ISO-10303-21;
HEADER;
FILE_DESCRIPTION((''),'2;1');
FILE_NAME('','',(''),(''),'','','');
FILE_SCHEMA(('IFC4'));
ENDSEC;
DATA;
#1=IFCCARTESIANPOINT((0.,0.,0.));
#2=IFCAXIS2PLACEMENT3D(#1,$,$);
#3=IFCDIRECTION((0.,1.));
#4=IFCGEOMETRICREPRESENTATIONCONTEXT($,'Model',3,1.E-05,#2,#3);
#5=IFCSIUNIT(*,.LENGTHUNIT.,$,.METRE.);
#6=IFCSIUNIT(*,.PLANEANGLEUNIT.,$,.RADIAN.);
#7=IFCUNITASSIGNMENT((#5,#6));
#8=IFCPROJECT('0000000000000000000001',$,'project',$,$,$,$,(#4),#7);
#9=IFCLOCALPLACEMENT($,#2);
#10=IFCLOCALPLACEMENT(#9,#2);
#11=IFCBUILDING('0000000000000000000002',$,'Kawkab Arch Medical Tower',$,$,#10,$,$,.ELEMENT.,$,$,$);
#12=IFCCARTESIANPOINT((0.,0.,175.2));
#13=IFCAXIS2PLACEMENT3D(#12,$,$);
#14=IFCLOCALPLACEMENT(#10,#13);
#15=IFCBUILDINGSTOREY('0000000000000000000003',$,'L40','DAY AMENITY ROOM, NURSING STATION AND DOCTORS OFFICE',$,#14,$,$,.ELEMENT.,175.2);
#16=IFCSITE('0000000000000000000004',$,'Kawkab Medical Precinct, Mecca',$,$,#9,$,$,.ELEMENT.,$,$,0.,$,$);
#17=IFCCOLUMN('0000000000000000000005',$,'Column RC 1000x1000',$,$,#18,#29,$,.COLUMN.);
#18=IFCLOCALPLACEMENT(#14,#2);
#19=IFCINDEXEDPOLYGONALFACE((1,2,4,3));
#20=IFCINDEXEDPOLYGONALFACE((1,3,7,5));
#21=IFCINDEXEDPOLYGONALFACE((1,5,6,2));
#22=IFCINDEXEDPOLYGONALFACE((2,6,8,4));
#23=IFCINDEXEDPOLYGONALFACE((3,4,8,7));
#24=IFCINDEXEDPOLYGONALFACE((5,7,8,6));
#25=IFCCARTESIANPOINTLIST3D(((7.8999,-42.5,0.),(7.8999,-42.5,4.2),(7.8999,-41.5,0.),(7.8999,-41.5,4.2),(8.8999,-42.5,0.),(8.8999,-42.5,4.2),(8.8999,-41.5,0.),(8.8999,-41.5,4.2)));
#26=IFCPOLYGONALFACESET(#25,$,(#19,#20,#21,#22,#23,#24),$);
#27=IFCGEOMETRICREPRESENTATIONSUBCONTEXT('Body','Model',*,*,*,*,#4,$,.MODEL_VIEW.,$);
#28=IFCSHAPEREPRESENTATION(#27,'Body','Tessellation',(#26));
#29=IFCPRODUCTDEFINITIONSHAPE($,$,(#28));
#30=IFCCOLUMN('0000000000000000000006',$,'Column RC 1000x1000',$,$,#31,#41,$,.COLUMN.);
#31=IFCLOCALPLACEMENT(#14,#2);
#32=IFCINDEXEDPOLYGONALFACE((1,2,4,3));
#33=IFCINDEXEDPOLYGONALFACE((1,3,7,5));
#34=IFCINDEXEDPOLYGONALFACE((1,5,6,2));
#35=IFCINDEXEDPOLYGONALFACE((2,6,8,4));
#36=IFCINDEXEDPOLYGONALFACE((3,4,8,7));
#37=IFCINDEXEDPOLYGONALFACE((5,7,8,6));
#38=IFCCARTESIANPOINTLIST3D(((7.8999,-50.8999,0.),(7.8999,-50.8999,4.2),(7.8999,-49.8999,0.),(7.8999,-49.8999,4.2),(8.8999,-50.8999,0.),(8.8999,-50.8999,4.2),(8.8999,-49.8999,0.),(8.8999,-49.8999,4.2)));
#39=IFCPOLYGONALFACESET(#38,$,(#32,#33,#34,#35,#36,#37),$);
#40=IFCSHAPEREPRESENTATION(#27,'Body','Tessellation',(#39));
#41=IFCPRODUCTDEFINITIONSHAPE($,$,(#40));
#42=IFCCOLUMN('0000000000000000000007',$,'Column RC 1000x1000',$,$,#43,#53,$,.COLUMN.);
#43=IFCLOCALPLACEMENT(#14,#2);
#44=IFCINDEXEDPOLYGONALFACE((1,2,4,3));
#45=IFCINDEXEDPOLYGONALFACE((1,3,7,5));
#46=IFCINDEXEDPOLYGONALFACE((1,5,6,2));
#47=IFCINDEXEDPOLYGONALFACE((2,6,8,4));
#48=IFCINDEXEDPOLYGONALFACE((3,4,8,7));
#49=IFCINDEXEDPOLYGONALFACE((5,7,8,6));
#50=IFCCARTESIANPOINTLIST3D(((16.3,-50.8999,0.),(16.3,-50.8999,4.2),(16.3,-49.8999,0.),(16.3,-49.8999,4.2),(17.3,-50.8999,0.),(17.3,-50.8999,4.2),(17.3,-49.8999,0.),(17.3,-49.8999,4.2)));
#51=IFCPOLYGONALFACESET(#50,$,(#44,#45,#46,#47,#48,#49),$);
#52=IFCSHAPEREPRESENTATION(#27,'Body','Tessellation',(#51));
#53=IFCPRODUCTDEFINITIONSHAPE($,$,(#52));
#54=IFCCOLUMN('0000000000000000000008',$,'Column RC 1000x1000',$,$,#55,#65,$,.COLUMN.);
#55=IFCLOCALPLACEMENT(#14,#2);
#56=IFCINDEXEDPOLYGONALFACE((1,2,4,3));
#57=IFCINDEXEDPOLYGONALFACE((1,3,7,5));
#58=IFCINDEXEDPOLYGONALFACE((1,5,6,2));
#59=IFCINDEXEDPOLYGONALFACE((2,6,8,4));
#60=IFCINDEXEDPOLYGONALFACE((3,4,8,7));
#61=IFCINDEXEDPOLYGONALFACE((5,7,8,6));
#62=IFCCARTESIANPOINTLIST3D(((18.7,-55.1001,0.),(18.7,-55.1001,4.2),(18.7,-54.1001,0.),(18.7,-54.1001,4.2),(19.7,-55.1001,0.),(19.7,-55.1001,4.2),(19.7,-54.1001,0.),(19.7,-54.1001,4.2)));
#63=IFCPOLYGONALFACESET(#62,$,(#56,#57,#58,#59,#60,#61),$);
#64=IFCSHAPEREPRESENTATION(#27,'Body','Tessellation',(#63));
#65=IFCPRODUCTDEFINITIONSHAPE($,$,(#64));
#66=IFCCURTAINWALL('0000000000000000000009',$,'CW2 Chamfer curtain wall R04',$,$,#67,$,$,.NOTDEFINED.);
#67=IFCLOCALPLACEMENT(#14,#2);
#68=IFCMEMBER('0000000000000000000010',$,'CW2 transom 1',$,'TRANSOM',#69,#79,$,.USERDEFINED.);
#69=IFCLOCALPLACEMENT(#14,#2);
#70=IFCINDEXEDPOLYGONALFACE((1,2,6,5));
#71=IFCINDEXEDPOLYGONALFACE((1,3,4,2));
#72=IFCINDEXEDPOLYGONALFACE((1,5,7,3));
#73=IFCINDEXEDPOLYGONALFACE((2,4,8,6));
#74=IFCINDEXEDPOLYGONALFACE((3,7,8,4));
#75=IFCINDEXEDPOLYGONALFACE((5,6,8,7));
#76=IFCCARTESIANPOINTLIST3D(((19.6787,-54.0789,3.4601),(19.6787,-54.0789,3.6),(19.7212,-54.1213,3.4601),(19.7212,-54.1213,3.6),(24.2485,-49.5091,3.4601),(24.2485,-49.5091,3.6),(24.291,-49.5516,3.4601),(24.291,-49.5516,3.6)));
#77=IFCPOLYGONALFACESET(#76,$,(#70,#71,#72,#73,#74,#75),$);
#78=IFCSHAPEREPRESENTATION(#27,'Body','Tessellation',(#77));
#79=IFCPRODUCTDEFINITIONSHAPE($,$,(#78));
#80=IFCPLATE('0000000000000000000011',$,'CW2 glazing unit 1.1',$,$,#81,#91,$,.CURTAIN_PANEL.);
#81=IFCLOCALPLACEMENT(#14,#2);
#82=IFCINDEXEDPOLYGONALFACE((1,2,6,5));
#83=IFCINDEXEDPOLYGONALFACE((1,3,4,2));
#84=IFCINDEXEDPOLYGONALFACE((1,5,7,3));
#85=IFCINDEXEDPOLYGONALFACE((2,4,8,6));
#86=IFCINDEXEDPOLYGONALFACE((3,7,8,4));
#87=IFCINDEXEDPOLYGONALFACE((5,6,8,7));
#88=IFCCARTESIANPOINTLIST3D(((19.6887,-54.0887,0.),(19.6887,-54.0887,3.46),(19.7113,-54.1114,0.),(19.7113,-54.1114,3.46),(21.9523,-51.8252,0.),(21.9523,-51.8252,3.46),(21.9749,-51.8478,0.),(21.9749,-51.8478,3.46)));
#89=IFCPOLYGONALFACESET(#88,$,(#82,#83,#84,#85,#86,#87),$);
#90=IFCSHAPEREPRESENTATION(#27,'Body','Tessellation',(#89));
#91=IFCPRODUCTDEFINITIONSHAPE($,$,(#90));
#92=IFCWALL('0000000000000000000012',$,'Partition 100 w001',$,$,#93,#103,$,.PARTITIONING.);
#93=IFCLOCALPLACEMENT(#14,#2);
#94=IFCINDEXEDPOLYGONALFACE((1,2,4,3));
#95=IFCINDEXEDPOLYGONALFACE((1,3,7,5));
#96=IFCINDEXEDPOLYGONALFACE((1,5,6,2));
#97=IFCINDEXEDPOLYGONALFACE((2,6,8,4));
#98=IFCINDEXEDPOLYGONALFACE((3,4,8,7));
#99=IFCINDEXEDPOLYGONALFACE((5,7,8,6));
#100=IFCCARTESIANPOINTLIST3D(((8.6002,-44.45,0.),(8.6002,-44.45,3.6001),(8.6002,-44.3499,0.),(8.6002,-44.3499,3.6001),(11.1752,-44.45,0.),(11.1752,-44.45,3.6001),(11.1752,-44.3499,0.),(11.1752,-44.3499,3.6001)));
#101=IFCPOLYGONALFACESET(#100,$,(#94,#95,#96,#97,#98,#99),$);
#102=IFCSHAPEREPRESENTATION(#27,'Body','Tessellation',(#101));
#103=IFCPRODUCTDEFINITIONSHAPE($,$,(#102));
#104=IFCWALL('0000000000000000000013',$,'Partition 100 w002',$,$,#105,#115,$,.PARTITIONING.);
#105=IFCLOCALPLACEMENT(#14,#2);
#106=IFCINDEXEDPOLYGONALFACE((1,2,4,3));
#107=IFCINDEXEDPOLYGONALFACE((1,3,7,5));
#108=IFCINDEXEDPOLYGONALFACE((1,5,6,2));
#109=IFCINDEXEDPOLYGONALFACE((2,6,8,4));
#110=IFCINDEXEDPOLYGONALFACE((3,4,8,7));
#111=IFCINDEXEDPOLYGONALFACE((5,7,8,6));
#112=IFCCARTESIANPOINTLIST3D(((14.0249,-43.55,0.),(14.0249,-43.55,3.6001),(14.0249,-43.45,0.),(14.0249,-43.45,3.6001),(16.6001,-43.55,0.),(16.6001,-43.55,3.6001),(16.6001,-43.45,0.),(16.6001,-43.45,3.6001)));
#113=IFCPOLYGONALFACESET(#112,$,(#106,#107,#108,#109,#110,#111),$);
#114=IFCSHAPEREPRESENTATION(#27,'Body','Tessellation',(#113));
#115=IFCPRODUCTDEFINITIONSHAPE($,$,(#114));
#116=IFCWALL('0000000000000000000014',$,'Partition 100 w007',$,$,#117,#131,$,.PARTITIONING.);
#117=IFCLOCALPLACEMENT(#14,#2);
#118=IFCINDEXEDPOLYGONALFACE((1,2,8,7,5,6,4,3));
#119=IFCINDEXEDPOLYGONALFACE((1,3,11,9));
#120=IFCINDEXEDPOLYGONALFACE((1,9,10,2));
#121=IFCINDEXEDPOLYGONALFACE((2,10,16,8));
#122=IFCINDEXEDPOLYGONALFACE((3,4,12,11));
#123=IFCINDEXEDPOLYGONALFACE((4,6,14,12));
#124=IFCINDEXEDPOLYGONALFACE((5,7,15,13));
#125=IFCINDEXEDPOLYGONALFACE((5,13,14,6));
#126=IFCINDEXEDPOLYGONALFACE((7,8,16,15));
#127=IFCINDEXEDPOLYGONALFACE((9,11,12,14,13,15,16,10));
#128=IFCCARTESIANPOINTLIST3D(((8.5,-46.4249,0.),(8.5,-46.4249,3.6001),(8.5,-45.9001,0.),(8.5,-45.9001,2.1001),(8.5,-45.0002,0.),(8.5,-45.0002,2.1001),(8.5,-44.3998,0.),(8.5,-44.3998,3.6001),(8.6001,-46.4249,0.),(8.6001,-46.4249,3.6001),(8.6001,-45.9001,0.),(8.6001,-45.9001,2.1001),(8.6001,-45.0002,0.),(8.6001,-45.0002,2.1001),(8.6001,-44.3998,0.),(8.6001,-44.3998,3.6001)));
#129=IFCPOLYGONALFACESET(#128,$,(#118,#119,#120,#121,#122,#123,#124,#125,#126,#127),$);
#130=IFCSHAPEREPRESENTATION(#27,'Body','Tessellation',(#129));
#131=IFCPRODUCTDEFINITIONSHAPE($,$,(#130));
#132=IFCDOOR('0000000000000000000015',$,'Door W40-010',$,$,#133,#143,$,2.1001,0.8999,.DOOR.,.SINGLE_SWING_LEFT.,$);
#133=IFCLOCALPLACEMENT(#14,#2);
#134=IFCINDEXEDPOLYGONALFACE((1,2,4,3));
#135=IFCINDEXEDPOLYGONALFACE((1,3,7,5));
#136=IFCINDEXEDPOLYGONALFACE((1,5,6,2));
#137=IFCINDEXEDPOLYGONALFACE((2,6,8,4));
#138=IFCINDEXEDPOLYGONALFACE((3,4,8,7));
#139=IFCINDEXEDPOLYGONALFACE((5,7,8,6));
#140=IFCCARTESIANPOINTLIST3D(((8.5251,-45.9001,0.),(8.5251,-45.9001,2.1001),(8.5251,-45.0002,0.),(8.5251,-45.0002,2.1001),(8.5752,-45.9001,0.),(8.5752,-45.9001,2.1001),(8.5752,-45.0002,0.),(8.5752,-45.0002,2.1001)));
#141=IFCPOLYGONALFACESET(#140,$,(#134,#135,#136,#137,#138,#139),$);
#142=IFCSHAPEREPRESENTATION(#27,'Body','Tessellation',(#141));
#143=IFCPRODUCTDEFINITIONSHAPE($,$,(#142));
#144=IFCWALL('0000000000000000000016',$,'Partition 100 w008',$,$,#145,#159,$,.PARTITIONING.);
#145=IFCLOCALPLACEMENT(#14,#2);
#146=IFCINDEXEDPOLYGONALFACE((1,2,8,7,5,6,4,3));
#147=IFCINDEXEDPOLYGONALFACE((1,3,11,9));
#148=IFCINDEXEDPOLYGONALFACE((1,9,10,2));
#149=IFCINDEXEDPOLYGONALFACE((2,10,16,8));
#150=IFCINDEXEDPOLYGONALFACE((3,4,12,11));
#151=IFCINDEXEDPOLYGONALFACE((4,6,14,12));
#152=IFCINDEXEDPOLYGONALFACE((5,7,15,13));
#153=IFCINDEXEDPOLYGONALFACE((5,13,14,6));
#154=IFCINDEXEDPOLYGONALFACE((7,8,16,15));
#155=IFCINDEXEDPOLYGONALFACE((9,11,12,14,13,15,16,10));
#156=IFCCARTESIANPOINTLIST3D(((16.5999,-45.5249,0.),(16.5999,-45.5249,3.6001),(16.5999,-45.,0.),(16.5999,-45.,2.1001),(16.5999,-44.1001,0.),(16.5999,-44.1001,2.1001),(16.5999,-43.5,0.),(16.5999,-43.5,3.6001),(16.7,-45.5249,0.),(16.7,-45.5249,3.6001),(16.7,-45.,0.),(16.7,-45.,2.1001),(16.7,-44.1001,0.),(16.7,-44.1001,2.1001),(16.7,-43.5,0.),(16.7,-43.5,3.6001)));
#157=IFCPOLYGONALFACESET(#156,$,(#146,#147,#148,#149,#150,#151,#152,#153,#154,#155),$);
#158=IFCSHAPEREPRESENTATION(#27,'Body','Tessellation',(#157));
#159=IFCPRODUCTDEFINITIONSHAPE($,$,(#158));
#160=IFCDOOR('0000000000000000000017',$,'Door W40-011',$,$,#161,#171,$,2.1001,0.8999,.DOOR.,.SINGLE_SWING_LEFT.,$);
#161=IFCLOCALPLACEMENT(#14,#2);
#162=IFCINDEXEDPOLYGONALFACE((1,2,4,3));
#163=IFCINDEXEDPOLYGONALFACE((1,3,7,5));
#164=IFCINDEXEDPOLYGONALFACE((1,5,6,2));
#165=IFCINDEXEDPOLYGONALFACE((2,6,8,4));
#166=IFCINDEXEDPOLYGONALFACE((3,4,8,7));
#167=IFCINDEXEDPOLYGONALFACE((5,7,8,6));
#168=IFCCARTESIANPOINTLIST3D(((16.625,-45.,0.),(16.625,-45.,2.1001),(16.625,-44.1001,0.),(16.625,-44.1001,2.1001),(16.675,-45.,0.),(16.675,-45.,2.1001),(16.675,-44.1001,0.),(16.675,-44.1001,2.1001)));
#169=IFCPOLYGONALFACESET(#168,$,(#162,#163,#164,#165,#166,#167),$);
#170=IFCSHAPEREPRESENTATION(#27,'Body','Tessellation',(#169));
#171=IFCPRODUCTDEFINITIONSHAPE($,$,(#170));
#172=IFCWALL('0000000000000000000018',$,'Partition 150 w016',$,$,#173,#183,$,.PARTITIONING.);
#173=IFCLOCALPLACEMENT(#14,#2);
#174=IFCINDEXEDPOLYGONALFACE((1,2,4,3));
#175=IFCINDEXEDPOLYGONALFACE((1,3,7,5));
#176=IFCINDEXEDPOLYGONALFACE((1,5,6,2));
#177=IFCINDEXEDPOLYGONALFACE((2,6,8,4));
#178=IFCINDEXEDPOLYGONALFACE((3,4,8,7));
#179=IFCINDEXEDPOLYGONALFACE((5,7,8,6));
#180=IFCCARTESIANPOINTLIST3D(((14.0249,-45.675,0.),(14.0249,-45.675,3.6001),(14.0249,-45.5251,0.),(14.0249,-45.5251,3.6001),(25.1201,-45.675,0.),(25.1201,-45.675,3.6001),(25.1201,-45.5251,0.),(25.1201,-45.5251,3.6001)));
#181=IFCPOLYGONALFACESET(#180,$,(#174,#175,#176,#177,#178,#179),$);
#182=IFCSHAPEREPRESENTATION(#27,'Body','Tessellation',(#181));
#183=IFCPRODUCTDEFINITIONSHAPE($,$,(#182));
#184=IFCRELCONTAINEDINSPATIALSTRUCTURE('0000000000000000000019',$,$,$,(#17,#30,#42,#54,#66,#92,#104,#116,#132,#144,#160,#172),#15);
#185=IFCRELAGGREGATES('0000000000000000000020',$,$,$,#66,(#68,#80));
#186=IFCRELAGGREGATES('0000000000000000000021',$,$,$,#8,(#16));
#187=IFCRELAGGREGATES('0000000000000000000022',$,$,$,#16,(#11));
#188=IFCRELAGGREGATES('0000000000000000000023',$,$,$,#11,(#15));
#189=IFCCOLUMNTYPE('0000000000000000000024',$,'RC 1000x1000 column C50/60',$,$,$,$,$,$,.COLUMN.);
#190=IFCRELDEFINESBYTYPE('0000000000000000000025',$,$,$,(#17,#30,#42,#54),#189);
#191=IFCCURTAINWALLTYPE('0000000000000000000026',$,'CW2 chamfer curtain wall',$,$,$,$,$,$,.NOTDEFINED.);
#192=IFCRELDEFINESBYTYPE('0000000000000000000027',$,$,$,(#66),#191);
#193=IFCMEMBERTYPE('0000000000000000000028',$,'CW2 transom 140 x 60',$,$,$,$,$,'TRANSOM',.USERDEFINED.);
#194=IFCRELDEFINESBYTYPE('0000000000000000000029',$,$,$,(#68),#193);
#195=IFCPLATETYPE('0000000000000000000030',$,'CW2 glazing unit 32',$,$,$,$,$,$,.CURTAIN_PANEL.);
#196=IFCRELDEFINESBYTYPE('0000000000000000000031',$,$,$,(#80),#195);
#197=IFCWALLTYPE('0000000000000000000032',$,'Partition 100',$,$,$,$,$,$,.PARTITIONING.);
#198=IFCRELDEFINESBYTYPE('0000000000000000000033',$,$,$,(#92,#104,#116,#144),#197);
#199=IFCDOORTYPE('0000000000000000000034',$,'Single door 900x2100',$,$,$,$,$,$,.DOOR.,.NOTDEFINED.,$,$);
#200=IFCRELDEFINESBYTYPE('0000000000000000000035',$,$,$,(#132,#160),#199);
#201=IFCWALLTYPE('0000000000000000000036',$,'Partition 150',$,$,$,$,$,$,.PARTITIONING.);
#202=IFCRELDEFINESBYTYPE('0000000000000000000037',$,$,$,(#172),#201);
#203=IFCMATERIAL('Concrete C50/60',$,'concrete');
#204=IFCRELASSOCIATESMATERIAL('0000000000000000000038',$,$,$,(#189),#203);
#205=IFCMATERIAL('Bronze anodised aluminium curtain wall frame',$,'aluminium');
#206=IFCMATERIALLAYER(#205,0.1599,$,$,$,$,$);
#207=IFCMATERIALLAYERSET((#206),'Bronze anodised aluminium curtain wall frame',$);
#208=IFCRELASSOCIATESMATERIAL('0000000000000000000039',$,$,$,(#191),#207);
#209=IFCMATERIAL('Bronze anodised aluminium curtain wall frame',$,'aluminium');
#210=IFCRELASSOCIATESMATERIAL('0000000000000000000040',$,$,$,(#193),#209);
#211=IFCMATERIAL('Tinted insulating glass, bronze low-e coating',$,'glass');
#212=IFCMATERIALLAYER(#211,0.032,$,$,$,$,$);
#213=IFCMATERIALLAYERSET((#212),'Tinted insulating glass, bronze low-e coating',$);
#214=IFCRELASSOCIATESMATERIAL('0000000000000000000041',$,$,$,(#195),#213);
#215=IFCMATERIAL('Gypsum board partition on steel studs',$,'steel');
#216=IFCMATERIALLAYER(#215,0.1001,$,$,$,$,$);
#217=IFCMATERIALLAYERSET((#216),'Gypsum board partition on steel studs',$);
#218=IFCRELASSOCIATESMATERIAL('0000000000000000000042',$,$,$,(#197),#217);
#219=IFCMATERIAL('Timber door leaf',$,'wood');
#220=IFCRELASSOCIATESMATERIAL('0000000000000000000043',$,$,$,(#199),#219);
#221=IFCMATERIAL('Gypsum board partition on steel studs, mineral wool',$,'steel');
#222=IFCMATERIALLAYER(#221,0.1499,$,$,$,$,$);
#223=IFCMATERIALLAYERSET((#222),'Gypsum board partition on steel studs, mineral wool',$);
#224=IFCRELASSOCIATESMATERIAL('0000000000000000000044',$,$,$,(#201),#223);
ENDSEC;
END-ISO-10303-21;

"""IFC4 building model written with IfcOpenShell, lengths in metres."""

from ifc_helpers import new_model, si_unit, direction, frame, frame_2d, origin, origin_2d, place, context, subcontext, project, spatial, rectangle, extrude, material, layer, layer_set, material_profile, profile_set, type_object, element, fill, aggregate, save


model = new_model("IFC4")

# Units and contexts
model_context = context("Model", 3, precision=1e-05, world=origin(), true_north=direction((0.0, 1.0)))
body_context = subcontext(model_context, "Body", "Model", "MODEL_VIEW")
ifc_project = project(units=[si_unit("LENGTHUNIT", "METRE"), si_unit("PLANEANGLEUNIT", "RADIAN")], contexts=[model_context])

# Site, building, storey
site_placement = place(None, origin())
site = spatial("IfcSite", under=ifc_project, at=site_placement, Name="Kawkab Medical Precinct, Mecca", CompositionType="ELEMENT", RefElevation=0.0)
building_placement = place(site_placement, origin())
building = spatial("IfcBuilding", under=site, at=building_placement, Name="Kawkab Arch Medical Tower", CompositionType="ELEMENT")
storey_placement = place(building_placement, frame((0.0, 0.0, 175.2)))
storey = spatial("IfcBuildingStorey", under=building, at=storey_placement, Name="L40", Description="DAY AMENITY ROOM, NURSING STATION AND DOCTORS OFFICE", CompositionType="ELEMENT", Elevation=175.2)

# Columns
ifc_material_1 = material(Name="Concrete C50/60", Category="concrete")
ifc_material_profile_1 = material_profile(ifc_material_1, rectangle(XDim=1.0, YDim=1.0, at=origin_2d()), Name="RC 1000x1000")
ifc_profile_set_1 = profile_set([ifc_material_profile_1], Name="Concrete C50/60")
column_type = type_object("IfcColumnType", Name="RC 1000x1000 column C50/60", PredefinedType="COLUMN", material=ifc_profile_set_1)
for number, where, z_axis, x_axis, name in (
    (1, (8.3999, -42.0, 0.0), (0.0, 0.0, 1.0), (1.0, 0.0, 0.0), "Column RC 1000x1000"),
    (2, (8.3999, -50.3999, 0.0), (0.0, 0.0, 1.0), (1.0, 0.0, 0.0), "Column RC 1000x1000"),
    (3, (16.8, -50.3999, 0.0), (0.0, 0.0, 1.0), (1.0, 0.0, 0.0), "Column RC 1000x1000"),
    (4, (19.2, -54.6001, 0.0), (0.0, 0.0, 1.0), (1.0, 0.0, 0.0), "Column RC 1000x1000"),
):
    element("IfcColumn", number, at=place(storey_placement, frame(where, z_axis=z_axis, x_axis=x_axis)), inside=storey, type_object=column_type, Name=name, PredefinedType="COLUMN", context=body_context, shape_type="SweptSolid", body=[
        extrude(rectangle(XDim=1.0, YDim=1.0, at=origin_2d()), origin(), (0.0, 0.0, 1.0), 4.2),
    ])

# Curtain wall, member, plate
ifc_material_2 = material(Name="Bronze anodised aluminium curtain wall frame", Category="aluminium")
ifc_layer_1 = layer(ifc_material_2, 0.1599)
ifc_layer_set_1 = layer_set([ifc_layer_1], Name="Bronze anodised aluminium curtain wall frame")
curtain_wall_type = type_object("IfcCurtainWallType", Name="CW2 chamfer curtain wall", PredefinedType="NOTDEFINED", material=ifc_layer_set_1)
curtain_wall_placement = place(storey_placement, origin())
curtain_wall = element("IfcCurtainWall", 5, at=curtain_wall_placement, inside=storey, type_object=curtain_wall_type, Name="CW2 Chamfer curtain wall R04", PredefinedType="NOTDEFINED")
ifc_material_3 = material(Name="Bronze anodised aluminium curtain wall frame", Category="aluminium")
ifc_material_profile_2 = material_profile(ifc_material_3, rectangle(XDim=0.0601, YDim=0.1399, at=origin_2d()), Name="AL 60x140")
ifc_profile_set_2 = profile_set([ifc_material_profile_2], Name="Bronze anodised aluminium curtain wall frame")
member_type = type_object("IfcMemberType", Name="CW2 transom 140 x 60", ElementType="TRANSOM", PredefinedType="USERDEFINED", material=ifc_profile_set_2)
member_placement = place(storey_placement, frame((19.7, -54.1001, 3.53), z_axis=(0.707107, 0.707107, 0.0), x_axis=(-0.707107, 0.707107, 0.0)))
member = element("IfcMember", 6, at=member_placement, type_object=member_type, Name="CW2 transom 1", ObjectType="TRANSOM", PredefinedType="USERDEFINED", context=body_context, shape_type="SweptSolid", body=[
    extrude(rectangle(XDim=0.0601, YDim=0.1399, at=origin_2d()), origin(), (0.0, 0.0, 1.0), 6.4626),
])
ifc_material_4 = material(Name="Tinted insulating glass, bronze low-e coating", Category="glass")
ifc_layer_2 = layer(ifc_material_4, 0.032)
ifc_layer_set_2 = layer_set([ifc_layer_2], Name="Tinted insulating glass, bronze low-e coating")
plate_type = type_object("IfcPlateType", Name="CW2 glazing unit 32", PredefinedType="CURTAIN_PANEL", material=ifc_layer_set_2)
plate_placement = place(storey_placement, frame((20.8318, -52.9683, 0.0), z_axis=(0.0, 0.0, 1.0), x_axis=(0.707107, 0.707107, 0.0)))
plate = element("IfcPlate", 7, at=plate_placement, type_object=plate_type, Name="CW2 glazing unit 1.1", PredefinedType="CURTAIN_PANEL", context=body_context, shape_type="SweptSolid", body=[
    extrude(rectangle(XDim=3.2012, YDim=0.032, at=origin_2d()), origin(), (0.0, 0.0, 1.0), 3.46),
])
aggregate(curtain_wall, [member, plate])

# Walls
ifc_material_5 = material(Name="Gypsum board partition on steel studs", Category="steel")
ifc_layer_3 = layer(ifc_material_5, 0.1001)
ifc_layer_set_3 = layer_set([ifc_layer_3], Name="Gypsum board partition on steel studs")
wall_type_1 = type_object("IfcWallType", Name="Partition 100", PredefinedType="PARTITIONING", material=ifc_layer_set_3)
wall_1_placement = place(storey_placement, frame((8.6001, -44.3999, 0.0), z_axis=(0.0, 0.0, 1.0), x_axis=(1.0, 0.0, 0.0)))
element("IfcWall", 8, at=wall_1_placement, inside=storey, type_object=wall_type_1, Name="Partition 100 w001", PredefinedType="PARTITIONING", context=body_context, shape_type="SweptSolid", body=[
    extrude(rectangle(XDim=2.575, YDim=0.1001, at=frame_2d((1.2876, 0.0))), origin(), (0.0, 0.0, 1.0), 3.6001),
])
wall_2_placement = place(storey_placement, frame((14.0249, -43.5, 0.0), z_axis=(0.0, 0.0, 1.0), x_axis=(1.0, 0.0, 0.0)))
element("IfcWall", 9, at=wall_2_placement, inside=storey, type_object=wall_type_1, Name="Partition 100 w002", PredefinedType="PARTITIONING", context=body_context, shape_type="SweptSolid", body=[
    extrude(rectangle(XDim=2.5752, YDim=0.1001, at=frame_2d((1.2876, 0.0))), origin(), (0.0, 0.0, 1.0), 3.6001),
])

# Walls, openings, doors
wall_3_placement = place(storey_placement, frame((8.55, -46.425, 0.0), z_axis=(0.0, 0.0, 1.0), x_axis=(0.0, 1.0, 0.0)))
wall_3 = element("IfcWall", 10, at=wall_3_placement, inside=storey, type_object=wall_type_1, Name="Partition 100 w007", PredefinedType="PARTITIONING", context=body_context, shape_type="SweptSolid", body=[
    extrude(rectangle(XDim=2.0251, YDim=0.1001, at=frame_2d((1.0127, 0.0))), origin(), (0.0, 0.0, 1.0), 3.6001),
])
opening_1_placement = place(wall_3_placement, frame((0.5249, 0.0, 0.0)))
opening_1 = element("IfcOpeningElement", 11, at=opening_1_placement, cuts=wall_3, PredefinedType="OPENING", context=body_context, shape_type="SweptSolid", body=[
    extrude(rectangle(XDim=0.8999, YDim=2.1001, at=frame_2d((0.45, 1.05))), frame((0.0, 0.0601, 0.0), z_axis=(0.0, -1.0, 0.0), x_axis=(1.0, 0.0, 0.0)), (0.0, 0.0, 1.0), 0.1201),
])
ifc_material_6 = material(Name="Timber door leaf", Category="wood")
door_type_1 = type_object("IfcDoorType", Name="Single door 900x2100", OperationType="NOTDEFINED", PredefinedType="DOOR", material=ifc_material_6)
door_1_placement = place(opening_1_placement, origin())
door_1 = element("IfcDoor", 12, at=door_1_placement, inside=storey, type_object=door_type_1, Name="Door W40-010", OperationType="SINGLE_SWING_LEFT", OverallHeight=2.1001, OverallWidth=0.8999, PredefinedType="DOOR", context=body_context, shape_type="SweptSolid", body=[
    extrude(rectangle(XDim=0.8999, YDim=2.1001, at=frame_2d((0.45, 1.05))), frame((0.0, 0.0249, 0.0), z_axis=(0.0, -1.0, 0.0), x_axis=(1.0, 0.0, 0.0)), (0.0, 0.0, 1.0), 0.05),
])
fill(opening_1, door_1)
wall_4_placement = place(storey_placement, frame((16.6499, -45.5249, 0.0), z_axis=(0.0, 0.0, 1.0), x_axis=(0.0, 1.0, 0.0)))
wall_4 = element("IfcWall", 13, at=wall_4_placement, inside=storey, type_object=wall_type_1, Name="Partition 100 w008", PredefinedType="PARTITIONING", context=body_context, shape_type="SweptSolid", body=[
    extrude(rectangle(XDim=2.0249, YDim=0.1001, at=frame_2d((1.0125, 0.0))), origin(), (0.0, 0.0, 1.0), 3.6001),
])
opening_2_placement = place(wall_4_placement, frame((0.5249, 0.0, 0.0)))
opening_2 = element("IfcOpeningElement", 14, at=opening_2_placement, cuts=wall_4, PredefinedType="OPENING", context=body_context, shape_type="SweptSolid", body=[
    extrude(rectangle(XDim=0.8999, YDim=2.1001, at=frame_2d((0.45, 1.05))), frame((0.0, 0.0601, 0.0), z_axis=(0.0, -1.0, 0.0), x_axis=(1.0, 0.0, 0.0)), (0.0, 0.0, 1.0), 0.1201),
])
door_2_placement = place(opening_2_placement, origin())
door_2 = element("IfcDoor", 15, at=door_2_placement, inside=storey, type_object=door_type_1, Name="Door W40-011", OperationType="SINGLE_SWING_LEFT", OverallHeight=2.1001, OverallWidth=0.8999, PredefinedType="DOOR", context=body_context, shape_type="SweptSolid", body=[
    extrude(rectangle(XDim=0.8999, YDim=2.1001, at=frame_2d((0.45, 1.05))), frame((0.0, 0.0249, 0.0), z_axis=(0.0, -1.0, 0.0), x_axis=(1.0, 0.0, 0.0)), (0.0, 0.0, 1.0), 0.05),
])
fill(opening_2, door_2)

# Wall
ifc_material_7 = material(Name="Gypsum board partition on steel studs, mineral wool", Category="steel")
ifc_layer_4 = layer(ifc_material_7, 0.1499)
ifc_layer_set_4 = layer_set([ifc_layer_4], Name="Gypsum board partition on steel studs, mineral wool")
wall_type_2 = type_object("IfcWallType", Name="Partition 150", PredefinedType="PARTITIONING", material=ifc_layer_set_4)
for number, where, z_axis, x_axis, name in (
    (16, (14.0249, -45.6001, 0.0), (0.0, 0.0, 1.0), (1.0, 0.0, 0.0), "Partition 150 w016"),
):
    element("IfcWall", number, at=place(storey_placement, frame(where, z_axis=z_axis, x_axis=x_axis)), inside=storey, type_object=wall_type_2, Name=name, PredefinedType="PARTITIONING", context=body_context, shape_type="SweptSolid", body=[
        extrude(rectangle(XDim=11.0952, YDim=0.1499, at=frame_2d((5.5476, 0.0))), origin(), (0.0, 0.0, 1.0), 3.6001),
    ])

save(model, "model.ifc")
